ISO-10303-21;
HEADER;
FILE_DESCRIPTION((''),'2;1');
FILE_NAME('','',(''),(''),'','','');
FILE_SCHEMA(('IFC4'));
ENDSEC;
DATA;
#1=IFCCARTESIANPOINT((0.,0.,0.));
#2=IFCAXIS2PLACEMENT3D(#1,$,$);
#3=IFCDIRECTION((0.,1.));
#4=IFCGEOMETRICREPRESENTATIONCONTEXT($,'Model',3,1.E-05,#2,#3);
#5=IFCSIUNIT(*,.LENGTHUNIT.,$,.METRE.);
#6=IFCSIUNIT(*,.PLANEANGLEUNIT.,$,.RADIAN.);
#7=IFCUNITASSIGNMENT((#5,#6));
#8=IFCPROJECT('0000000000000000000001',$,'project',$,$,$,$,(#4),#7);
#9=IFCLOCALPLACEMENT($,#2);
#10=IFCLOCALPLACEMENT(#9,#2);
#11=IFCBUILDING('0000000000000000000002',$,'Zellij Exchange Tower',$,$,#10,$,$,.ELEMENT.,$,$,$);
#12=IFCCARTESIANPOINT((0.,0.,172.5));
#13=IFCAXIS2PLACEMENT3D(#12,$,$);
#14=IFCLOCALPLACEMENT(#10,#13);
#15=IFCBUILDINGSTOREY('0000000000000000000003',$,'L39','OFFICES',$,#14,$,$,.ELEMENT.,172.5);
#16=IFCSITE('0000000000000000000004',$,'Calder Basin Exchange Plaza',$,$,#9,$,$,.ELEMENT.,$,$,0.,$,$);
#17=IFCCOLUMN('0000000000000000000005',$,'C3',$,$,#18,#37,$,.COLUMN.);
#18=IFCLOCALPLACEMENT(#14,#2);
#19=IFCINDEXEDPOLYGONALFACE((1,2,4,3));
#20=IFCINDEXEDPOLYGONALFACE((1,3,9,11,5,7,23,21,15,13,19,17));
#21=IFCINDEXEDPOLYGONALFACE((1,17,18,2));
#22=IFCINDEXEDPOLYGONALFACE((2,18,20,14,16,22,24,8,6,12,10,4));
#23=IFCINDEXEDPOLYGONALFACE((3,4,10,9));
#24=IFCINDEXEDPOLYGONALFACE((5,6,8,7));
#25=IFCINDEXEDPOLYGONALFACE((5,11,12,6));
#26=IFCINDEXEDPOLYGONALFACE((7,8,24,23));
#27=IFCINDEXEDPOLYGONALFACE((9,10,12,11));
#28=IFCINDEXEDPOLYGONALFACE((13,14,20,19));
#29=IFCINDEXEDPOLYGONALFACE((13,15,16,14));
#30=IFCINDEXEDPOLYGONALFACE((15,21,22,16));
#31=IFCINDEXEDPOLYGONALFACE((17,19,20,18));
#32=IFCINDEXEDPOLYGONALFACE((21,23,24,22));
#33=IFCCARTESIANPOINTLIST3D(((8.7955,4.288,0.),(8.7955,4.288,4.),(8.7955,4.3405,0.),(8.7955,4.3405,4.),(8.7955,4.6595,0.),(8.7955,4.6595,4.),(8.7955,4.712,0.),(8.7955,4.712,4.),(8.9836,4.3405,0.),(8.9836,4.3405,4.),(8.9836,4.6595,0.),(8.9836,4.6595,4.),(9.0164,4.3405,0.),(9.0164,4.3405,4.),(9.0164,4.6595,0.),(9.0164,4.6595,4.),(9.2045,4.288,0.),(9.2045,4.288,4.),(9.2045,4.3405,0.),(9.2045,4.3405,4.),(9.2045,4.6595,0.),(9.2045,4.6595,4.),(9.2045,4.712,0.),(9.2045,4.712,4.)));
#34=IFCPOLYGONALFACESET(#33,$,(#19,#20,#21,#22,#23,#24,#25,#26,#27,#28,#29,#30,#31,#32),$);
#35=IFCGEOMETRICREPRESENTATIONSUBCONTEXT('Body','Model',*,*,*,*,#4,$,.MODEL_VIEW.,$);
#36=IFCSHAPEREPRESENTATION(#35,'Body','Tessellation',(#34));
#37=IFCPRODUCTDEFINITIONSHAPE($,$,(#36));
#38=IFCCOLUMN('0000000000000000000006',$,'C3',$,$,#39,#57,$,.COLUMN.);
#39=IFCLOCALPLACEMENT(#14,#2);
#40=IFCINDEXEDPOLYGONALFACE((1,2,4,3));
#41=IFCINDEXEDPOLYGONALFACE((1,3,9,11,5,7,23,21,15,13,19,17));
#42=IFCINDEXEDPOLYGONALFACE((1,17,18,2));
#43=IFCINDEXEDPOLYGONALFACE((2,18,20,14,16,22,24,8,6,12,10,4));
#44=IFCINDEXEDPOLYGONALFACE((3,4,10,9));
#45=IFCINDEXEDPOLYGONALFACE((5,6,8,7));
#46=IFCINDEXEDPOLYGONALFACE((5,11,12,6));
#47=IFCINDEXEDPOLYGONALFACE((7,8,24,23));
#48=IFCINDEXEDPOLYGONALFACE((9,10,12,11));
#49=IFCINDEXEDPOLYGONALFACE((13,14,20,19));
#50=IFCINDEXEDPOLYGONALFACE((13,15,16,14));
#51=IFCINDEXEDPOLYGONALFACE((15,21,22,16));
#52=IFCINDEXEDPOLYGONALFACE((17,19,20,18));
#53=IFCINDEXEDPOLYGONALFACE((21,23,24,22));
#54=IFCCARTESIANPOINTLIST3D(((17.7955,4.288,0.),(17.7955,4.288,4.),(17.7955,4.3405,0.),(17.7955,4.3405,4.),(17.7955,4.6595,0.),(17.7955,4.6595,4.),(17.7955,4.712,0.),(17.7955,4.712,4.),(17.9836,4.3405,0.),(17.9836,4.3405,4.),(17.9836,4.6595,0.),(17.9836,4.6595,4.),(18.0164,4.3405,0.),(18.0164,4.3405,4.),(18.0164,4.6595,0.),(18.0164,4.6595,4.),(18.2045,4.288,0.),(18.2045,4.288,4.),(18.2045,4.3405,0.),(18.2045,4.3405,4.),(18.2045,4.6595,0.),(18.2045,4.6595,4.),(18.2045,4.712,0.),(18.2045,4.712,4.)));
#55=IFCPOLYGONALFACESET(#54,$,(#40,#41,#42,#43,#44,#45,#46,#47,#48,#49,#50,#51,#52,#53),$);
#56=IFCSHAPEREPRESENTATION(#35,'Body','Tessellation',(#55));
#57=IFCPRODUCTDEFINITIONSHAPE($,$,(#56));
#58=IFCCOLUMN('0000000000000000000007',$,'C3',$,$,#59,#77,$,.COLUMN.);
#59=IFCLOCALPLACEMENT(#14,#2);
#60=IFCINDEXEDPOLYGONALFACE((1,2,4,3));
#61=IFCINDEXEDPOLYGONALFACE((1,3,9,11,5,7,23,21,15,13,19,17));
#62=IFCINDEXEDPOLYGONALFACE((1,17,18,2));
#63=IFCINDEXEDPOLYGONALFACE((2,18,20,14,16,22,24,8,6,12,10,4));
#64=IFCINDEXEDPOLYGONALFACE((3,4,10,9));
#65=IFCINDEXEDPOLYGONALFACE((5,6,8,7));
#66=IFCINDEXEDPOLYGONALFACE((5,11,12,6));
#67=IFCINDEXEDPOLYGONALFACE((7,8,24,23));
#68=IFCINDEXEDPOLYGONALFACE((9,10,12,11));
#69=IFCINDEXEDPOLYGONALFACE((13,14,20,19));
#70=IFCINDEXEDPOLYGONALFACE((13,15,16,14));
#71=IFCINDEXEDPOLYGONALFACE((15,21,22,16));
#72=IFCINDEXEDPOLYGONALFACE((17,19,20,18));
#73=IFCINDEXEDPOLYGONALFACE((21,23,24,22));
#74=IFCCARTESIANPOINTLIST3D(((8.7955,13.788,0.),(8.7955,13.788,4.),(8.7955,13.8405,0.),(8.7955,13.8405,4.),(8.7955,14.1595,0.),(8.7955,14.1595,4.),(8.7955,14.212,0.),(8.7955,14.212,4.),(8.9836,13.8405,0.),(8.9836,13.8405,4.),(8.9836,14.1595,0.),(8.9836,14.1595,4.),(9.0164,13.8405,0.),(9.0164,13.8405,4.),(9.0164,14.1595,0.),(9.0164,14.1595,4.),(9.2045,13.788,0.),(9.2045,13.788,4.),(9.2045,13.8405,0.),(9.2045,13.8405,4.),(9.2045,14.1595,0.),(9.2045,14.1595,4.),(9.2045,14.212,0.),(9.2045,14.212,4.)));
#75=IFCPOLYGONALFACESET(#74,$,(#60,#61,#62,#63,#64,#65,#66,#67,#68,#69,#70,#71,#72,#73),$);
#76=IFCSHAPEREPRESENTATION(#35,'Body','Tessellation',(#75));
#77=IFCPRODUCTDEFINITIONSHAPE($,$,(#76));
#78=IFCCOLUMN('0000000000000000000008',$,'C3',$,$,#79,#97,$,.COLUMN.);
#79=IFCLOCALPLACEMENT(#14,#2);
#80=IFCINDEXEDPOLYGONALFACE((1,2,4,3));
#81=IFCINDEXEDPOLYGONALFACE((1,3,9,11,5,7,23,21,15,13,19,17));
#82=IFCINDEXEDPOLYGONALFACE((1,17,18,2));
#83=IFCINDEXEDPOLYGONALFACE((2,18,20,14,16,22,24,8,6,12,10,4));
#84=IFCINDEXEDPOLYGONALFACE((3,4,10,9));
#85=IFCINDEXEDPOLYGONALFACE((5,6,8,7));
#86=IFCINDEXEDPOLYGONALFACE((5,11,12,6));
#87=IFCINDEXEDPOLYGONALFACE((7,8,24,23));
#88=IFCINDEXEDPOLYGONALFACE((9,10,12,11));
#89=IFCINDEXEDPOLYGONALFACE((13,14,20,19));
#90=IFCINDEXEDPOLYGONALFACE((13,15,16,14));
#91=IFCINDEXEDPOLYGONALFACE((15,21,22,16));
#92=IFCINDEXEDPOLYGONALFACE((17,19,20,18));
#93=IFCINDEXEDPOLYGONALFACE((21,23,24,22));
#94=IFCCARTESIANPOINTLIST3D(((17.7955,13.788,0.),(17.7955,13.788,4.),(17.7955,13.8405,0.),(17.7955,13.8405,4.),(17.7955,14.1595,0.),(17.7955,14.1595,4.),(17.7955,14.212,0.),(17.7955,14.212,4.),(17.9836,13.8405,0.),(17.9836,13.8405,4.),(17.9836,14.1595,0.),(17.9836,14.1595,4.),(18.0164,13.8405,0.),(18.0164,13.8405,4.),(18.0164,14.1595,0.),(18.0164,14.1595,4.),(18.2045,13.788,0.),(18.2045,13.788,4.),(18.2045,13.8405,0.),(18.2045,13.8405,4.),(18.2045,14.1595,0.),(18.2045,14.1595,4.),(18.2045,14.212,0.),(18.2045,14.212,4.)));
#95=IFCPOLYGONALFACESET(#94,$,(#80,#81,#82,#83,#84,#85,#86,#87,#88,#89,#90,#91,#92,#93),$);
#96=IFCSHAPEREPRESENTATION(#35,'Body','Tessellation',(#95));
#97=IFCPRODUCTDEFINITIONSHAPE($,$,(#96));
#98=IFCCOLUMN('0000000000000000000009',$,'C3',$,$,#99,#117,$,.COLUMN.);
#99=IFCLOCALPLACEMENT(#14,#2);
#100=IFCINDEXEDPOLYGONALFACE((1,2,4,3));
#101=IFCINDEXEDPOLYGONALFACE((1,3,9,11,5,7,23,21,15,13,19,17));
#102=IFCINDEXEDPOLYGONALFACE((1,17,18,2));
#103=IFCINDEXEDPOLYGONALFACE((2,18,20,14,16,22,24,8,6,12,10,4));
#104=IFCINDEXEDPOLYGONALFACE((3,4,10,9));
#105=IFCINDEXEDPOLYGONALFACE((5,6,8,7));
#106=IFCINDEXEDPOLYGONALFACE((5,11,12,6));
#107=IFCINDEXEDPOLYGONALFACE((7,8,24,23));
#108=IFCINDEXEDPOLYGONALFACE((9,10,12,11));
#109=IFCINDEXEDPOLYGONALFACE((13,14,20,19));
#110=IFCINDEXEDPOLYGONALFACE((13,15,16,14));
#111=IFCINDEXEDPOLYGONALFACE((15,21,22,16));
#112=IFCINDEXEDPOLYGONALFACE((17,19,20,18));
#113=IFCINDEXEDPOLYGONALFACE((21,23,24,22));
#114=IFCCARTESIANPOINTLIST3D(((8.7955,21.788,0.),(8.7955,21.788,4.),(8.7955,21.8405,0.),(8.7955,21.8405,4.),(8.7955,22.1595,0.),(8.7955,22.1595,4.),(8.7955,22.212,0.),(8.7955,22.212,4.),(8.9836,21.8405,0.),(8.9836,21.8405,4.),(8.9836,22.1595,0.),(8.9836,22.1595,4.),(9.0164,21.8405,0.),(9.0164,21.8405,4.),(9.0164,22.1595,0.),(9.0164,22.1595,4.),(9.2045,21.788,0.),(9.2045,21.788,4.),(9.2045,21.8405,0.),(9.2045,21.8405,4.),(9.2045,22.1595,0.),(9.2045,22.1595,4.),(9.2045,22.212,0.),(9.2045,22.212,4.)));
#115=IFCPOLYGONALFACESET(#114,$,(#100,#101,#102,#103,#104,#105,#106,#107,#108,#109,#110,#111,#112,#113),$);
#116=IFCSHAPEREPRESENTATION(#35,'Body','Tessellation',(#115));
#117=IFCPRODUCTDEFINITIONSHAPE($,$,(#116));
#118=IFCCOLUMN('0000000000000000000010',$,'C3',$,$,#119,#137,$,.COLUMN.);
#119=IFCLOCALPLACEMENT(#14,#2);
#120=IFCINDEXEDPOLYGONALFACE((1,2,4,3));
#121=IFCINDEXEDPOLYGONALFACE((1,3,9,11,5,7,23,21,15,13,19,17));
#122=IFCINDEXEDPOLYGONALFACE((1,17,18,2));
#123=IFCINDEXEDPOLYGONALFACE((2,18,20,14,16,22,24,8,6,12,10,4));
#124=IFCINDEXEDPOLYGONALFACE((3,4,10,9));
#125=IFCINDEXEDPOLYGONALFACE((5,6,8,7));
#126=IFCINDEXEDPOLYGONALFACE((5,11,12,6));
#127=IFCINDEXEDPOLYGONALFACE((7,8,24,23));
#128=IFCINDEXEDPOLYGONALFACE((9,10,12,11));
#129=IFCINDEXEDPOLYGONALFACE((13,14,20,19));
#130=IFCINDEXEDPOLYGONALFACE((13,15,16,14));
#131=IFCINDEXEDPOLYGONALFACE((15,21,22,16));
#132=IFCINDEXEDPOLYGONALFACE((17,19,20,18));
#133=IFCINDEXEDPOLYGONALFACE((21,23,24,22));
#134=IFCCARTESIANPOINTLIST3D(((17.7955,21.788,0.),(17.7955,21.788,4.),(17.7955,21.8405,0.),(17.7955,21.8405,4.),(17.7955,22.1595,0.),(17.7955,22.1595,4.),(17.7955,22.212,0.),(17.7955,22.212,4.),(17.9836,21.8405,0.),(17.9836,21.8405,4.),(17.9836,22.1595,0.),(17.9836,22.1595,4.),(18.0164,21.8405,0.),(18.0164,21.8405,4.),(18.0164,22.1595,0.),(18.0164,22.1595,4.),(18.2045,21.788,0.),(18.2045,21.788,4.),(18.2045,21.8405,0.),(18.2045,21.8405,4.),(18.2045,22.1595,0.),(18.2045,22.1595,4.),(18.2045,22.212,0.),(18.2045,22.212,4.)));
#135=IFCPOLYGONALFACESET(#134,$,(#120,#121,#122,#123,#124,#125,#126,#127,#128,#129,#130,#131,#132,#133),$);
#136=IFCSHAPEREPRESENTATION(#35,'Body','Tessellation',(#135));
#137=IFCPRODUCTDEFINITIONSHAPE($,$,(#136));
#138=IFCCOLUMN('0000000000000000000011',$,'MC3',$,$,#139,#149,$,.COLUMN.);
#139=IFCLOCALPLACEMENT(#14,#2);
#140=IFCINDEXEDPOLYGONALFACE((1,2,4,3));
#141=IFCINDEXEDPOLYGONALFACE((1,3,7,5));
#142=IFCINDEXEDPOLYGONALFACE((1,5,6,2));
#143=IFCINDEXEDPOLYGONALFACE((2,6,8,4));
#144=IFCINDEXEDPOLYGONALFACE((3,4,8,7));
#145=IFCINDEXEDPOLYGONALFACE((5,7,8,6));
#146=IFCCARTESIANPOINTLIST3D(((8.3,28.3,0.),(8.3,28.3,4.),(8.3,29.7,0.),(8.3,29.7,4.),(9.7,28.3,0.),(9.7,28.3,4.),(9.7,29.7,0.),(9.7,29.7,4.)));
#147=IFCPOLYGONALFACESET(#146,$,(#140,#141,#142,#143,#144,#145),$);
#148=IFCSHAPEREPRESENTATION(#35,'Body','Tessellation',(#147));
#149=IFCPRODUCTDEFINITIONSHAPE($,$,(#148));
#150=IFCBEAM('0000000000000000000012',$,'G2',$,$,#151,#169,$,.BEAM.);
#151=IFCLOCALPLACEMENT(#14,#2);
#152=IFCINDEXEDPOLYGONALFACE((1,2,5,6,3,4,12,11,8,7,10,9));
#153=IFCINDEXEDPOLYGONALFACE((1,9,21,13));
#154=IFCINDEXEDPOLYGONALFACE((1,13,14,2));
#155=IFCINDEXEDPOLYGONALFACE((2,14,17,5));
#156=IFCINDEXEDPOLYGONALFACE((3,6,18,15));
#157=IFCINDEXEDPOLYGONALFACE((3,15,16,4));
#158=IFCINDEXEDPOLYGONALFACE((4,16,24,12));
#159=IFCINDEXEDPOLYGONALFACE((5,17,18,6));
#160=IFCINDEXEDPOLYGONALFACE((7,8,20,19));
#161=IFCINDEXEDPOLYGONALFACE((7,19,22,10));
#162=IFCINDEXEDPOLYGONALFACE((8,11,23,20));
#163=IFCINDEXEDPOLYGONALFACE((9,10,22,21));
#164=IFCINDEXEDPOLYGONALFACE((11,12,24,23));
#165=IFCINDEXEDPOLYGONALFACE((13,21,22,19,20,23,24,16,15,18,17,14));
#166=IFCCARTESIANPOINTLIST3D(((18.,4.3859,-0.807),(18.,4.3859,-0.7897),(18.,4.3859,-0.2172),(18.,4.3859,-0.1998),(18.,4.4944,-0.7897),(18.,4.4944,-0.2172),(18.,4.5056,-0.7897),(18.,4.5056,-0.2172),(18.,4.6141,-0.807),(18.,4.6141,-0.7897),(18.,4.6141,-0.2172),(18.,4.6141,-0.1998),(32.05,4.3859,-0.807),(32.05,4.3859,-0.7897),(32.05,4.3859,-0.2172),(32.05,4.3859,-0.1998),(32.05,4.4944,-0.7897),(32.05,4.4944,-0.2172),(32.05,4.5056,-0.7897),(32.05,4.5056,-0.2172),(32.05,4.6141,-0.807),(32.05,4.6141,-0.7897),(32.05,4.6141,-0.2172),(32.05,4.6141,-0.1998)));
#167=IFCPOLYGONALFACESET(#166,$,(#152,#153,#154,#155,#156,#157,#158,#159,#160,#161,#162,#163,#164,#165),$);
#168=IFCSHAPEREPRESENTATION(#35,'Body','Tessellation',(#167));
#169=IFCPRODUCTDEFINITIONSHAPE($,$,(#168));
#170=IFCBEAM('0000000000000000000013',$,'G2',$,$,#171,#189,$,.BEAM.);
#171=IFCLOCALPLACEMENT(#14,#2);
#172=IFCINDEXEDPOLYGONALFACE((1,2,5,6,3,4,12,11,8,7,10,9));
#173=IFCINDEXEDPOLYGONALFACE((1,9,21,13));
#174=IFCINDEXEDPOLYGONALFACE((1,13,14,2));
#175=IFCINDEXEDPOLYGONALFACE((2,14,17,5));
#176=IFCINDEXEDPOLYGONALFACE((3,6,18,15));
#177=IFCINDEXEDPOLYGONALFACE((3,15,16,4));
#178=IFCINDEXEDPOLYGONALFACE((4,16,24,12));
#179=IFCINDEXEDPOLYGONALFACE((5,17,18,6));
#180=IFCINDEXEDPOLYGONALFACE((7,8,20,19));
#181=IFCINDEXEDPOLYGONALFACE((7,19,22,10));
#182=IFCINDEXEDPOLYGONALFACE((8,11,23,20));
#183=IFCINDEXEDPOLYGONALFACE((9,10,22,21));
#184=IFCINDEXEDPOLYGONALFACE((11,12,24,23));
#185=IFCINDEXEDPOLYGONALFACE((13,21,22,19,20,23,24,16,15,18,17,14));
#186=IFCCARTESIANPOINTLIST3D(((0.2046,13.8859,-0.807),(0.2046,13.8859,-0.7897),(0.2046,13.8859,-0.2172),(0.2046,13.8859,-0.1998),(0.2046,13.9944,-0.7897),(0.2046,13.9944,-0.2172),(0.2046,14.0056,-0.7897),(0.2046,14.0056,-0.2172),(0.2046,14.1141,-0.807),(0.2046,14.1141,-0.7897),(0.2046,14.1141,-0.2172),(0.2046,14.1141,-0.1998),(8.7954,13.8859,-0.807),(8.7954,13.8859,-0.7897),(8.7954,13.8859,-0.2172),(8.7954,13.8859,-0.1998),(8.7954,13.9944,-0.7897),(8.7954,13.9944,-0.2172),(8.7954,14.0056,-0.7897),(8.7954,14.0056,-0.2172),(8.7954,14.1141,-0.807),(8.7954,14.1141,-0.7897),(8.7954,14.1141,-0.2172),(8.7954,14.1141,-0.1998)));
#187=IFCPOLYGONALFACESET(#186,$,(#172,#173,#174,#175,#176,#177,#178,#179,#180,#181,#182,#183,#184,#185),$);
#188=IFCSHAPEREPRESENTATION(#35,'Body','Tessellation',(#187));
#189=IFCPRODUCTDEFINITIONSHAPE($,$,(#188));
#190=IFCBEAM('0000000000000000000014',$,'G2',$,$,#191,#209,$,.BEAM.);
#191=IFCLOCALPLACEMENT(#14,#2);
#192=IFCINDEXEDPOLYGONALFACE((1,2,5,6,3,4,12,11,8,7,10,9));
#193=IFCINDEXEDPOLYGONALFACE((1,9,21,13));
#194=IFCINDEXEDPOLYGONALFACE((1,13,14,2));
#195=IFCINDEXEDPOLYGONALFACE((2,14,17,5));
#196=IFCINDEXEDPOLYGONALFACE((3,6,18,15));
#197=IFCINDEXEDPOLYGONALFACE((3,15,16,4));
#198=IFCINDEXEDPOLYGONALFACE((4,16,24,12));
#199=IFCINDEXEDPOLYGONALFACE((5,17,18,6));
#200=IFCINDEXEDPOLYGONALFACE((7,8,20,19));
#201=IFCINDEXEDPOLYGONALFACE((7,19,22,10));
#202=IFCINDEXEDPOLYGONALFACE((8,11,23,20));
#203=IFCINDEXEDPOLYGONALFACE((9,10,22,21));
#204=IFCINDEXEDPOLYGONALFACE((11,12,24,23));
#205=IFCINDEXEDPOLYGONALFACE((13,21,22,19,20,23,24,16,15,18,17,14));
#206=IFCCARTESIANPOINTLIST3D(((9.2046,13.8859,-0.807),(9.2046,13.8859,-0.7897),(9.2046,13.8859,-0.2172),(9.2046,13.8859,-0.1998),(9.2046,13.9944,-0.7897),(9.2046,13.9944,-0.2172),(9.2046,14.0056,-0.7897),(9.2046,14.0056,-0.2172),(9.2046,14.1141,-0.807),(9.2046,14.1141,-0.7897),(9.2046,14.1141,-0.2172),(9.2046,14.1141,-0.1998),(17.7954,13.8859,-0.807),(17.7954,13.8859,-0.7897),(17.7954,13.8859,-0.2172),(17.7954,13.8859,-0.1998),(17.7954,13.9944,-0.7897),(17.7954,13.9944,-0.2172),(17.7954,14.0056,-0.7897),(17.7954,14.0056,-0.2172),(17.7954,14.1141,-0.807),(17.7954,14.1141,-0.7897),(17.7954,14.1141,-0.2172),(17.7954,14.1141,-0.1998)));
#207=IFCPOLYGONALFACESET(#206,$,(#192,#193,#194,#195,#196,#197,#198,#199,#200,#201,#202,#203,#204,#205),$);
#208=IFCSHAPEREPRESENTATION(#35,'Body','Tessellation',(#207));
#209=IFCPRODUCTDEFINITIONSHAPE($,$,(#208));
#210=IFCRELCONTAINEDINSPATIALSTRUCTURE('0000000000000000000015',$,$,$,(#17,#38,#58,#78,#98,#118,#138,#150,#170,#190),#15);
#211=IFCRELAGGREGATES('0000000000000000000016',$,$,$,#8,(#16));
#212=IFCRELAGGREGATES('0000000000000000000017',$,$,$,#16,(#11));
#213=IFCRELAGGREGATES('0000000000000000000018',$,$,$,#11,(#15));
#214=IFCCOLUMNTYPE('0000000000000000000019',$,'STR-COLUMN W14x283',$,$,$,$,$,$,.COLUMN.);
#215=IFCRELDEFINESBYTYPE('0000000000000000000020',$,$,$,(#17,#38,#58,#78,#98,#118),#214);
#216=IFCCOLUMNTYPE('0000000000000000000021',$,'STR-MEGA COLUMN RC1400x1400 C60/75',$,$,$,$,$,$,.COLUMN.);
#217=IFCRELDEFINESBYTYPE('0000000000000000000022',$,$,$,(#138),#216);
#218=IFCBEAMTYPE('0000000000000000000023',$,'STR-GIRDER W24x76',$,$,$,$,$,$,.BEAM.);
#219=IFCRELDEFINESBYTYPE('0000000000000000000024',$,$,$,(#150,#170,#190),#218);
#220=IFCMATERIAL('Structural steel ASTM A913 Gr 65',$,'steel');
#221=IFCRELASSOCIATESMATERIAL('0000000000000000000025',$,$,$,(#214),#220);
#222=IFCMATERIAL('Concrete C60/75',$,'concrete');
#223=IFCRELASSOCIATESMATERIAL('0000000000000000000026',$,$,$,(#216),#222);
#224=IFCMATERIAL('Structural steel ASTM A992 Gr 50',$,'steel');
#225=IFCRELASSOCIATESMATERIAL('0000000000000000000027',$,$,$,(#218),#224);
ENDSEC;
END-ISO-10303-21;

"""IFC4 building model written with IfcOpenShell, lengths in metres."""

from ifc_helpers import new_model, si_unit, direction, frame, origin, origin_2d, place, context, subcontext, project, spatial, rectangle, i_section, extrude, material, material_profile, profile_set, type_object, element, save


model = new_model("IFC4")

# Units and contexts
model_context = context("Model", 3, precision=1e-05, world=origin(), true_north=direction((0.0, 1.0)))
body_context = subcontext(model_context, "Body", "Model", "MODEL_VIEW")
ifc_project = project(units=[si_unit("LENGTHUNIT", "METRE"), si_unit("PLANEANGLEUNIT", "RADIAN")], contexts=[model_context])

# Site, building, storey
site_placement = place(None, origin())
site = spatial("IfcSite", under=ifc_project, at=site_placement, Name="Calder Basin Exchange Plaza", CompositionType="ELEMENT", RefElevation=0.0)
building_placement = place(site_placement, origin())
building = spatial("IfcBuilding", under=site, at=building_placement, Name="Zellij Exchange Tower", CompositionType="ELEMENT")
storey_placement = place(building_placement, frame((0.0, 0.0, 172.5)))
storey = spatial("IfcBuildingStorey", under=building, at=storey_placement, Name="L39", Description="OFFICES", CompositionType="ELEMENT", Elevation=172.5)

# Columns
ifc_material_1 = material(Name="Structural steel ASTM A913 Gr 65", Category="steel")
ifc_material_profile_1 = material_profile(ifc_material_1, i_section(OverallWidth=0.4089, OverallDepth=0.4241, WebThickness=0.0327, FlangeThickness=0.0525, at=origin_2d()), Name="W14x283")
ifc_profile_set_1 = profile_set([ifc_material_profile_1], Name="Structural steel ASTM A913 Gr 65")
column_type_1 = type_object("IfcColumnType", Name="STR-COLUMN W14x283", PredefinedType="COLUMN", material=ifc_profile_set_1)
for number, where, z_axis, x_axis, name in (
    (1, (9.0, 4.5, 0.0), (0.0, 0.0, 1.0), (1.0, 0.0, 0.0), "C3"),
    (2, (18.0, 4.5, 0.0), (0.0, 0.0, 1.0), (1.0, 0.0, 0.0), "C3"),
    (3, (9.0, 14.0, 0.0), (0.0, 0.0, 1.0), (1.0, 0.0, 0.0), "C3"),
    (4, (18.0, 14.0, 0.0), (0.0, 0.0, 1.0), (1.0, 0.0, 0.0), "C3"),
    (5, (9.0, 22.0, 0.0), (0.0, 0.0, 1.0), (1.0, 0.0, 0.0), "C3"),
    (6, (18.0, 22.0, 0.0), (0.0, 0.0, 1.0), (1.0, 0.0, 0.0), "C3"),
):
    element("IfcColumn", number, at=place(storey_placement, frame(where, z_axis=z_axis, x_axis=x_axis)), inside=storey, type_object=column_type_1, Name=name, PredefinedType="COLUMN", context=body_context, shape_type="SweptSolid", body=[
        extrude(i_section(OverallWidth=0.4089, OverallDepth=0.4241, WebThickness=0.0327, FlangeThickness=0.0525, at=origin_2d()), origin(), (0.0, 0.0, 1.0), 4.0),
    ])
ifc_material_2 = material(Name="Concrete C60/75", Category="concrete")
ifc_material_profile_2 = material_profile(ifc_material_2, rectangle(XDim=1.3999, YDim=1.3999, at=origin_2d()), Name="STR-MEGA COLUMN RC1400x1400 C60/75")
ifc_profile_set_2 = profile_set([ifc_material_profile_2], Name="Concrete C60/75")
column_type_2 = type_object("IfcColumnType", Name="STR-MEGA COLUMN RC1400x1400 C60/75", PredefinedType="COLUMN", material=ifc_profile_set_2)
column_placement = place(storey_placement, frame((9.0, 29.0, 0.0), z_axis=(0.0, 0.0, 1.0), x_axis=(1.0, 0.0, 0.0)))
element("IfcColumn", 7, at=column_placement, inside=storey, type_object=column_type_2, Name="MC3", PredefinedType="COLUMN", context=body_context, shape_type="SweptSolid", body=[
    extrude(rectangle(XDim=1.3999, YDim=1.3999, at=origin_2d()), origin(), (0.0, 0.0, 1.0), 4.0),
])

# Beams
ifc_material_3 = material(Name="Structural steel ASTM A992 Gr 50", Category="steel")
ifc_material_profile_3 = material_profile(ifc_material_3, i_section(OverallWidth=0.2283, OverallDepth=0.6072, WebThickness=0.0112, FlangeThickness=0.0173, at=origin_2d()), Name="W24x76")
ifc_profile_set_3 = profile_set([ifc_material_profile_3], Name="Structural steel ASTM A992 Gr 50")
beam_type = type_object("IfcBeamType", Name="STR-GIRDER W24x76", PredefinedType="BEAM", material=ifc_profile_set_3)
beam_1_placement = place(storey_placement, frame((18.0, 4.5, -0.5034), z_axis=(1.0, 0.0, 0.0), x_axis=(0.0, 1.0, 0.0)))
element("IfcBeam", 8, at=beam_1_placement, inside=storey, type_object=beam_type, Name="G2", PredefinedType="BEAM", context=body_context, shape_type="SweptSolid", body=[
    extrude(i_section(OverallWidth=0.2283, OverallDepth=0.6072, WebThickness=0.0112, FlangeThickness=0.0173, at=origin_2d()), origin(), (0.0, 0.0, 1.0), 14.05),
])
for number, where, z_axis, x_axis, name in (
    (9, (0.2046, 14.0, -0.5034), (1.0, 0.0, 0.0), (0.0, 1.0, 0.0), "G2"),
    (10, (9.2046, 14.0, -0.5034), (1.0, 0.0, 0.0), (0.0, 1.0, 0.0), "G2"),
):
    element("IfcBeam", number, at=place(storey_placement, frame(where, z_axis=z_axis, x_axis=x_axis)), inside=storey, type_object=beam_type, Name=name, PredefinedType="BEAM", context=body_context, shape_type="SweptSolid", body=[
        extrude(i_section(OverallWidth=0.2283, OverallDepth=0.6072, WebThickness=0.0112, FlangeThickness=0.0173, at=origin_2d()), origin(), (0.0, 0.0, 1.0), 8.5908),
    ])

save(model, "model.ifc")
